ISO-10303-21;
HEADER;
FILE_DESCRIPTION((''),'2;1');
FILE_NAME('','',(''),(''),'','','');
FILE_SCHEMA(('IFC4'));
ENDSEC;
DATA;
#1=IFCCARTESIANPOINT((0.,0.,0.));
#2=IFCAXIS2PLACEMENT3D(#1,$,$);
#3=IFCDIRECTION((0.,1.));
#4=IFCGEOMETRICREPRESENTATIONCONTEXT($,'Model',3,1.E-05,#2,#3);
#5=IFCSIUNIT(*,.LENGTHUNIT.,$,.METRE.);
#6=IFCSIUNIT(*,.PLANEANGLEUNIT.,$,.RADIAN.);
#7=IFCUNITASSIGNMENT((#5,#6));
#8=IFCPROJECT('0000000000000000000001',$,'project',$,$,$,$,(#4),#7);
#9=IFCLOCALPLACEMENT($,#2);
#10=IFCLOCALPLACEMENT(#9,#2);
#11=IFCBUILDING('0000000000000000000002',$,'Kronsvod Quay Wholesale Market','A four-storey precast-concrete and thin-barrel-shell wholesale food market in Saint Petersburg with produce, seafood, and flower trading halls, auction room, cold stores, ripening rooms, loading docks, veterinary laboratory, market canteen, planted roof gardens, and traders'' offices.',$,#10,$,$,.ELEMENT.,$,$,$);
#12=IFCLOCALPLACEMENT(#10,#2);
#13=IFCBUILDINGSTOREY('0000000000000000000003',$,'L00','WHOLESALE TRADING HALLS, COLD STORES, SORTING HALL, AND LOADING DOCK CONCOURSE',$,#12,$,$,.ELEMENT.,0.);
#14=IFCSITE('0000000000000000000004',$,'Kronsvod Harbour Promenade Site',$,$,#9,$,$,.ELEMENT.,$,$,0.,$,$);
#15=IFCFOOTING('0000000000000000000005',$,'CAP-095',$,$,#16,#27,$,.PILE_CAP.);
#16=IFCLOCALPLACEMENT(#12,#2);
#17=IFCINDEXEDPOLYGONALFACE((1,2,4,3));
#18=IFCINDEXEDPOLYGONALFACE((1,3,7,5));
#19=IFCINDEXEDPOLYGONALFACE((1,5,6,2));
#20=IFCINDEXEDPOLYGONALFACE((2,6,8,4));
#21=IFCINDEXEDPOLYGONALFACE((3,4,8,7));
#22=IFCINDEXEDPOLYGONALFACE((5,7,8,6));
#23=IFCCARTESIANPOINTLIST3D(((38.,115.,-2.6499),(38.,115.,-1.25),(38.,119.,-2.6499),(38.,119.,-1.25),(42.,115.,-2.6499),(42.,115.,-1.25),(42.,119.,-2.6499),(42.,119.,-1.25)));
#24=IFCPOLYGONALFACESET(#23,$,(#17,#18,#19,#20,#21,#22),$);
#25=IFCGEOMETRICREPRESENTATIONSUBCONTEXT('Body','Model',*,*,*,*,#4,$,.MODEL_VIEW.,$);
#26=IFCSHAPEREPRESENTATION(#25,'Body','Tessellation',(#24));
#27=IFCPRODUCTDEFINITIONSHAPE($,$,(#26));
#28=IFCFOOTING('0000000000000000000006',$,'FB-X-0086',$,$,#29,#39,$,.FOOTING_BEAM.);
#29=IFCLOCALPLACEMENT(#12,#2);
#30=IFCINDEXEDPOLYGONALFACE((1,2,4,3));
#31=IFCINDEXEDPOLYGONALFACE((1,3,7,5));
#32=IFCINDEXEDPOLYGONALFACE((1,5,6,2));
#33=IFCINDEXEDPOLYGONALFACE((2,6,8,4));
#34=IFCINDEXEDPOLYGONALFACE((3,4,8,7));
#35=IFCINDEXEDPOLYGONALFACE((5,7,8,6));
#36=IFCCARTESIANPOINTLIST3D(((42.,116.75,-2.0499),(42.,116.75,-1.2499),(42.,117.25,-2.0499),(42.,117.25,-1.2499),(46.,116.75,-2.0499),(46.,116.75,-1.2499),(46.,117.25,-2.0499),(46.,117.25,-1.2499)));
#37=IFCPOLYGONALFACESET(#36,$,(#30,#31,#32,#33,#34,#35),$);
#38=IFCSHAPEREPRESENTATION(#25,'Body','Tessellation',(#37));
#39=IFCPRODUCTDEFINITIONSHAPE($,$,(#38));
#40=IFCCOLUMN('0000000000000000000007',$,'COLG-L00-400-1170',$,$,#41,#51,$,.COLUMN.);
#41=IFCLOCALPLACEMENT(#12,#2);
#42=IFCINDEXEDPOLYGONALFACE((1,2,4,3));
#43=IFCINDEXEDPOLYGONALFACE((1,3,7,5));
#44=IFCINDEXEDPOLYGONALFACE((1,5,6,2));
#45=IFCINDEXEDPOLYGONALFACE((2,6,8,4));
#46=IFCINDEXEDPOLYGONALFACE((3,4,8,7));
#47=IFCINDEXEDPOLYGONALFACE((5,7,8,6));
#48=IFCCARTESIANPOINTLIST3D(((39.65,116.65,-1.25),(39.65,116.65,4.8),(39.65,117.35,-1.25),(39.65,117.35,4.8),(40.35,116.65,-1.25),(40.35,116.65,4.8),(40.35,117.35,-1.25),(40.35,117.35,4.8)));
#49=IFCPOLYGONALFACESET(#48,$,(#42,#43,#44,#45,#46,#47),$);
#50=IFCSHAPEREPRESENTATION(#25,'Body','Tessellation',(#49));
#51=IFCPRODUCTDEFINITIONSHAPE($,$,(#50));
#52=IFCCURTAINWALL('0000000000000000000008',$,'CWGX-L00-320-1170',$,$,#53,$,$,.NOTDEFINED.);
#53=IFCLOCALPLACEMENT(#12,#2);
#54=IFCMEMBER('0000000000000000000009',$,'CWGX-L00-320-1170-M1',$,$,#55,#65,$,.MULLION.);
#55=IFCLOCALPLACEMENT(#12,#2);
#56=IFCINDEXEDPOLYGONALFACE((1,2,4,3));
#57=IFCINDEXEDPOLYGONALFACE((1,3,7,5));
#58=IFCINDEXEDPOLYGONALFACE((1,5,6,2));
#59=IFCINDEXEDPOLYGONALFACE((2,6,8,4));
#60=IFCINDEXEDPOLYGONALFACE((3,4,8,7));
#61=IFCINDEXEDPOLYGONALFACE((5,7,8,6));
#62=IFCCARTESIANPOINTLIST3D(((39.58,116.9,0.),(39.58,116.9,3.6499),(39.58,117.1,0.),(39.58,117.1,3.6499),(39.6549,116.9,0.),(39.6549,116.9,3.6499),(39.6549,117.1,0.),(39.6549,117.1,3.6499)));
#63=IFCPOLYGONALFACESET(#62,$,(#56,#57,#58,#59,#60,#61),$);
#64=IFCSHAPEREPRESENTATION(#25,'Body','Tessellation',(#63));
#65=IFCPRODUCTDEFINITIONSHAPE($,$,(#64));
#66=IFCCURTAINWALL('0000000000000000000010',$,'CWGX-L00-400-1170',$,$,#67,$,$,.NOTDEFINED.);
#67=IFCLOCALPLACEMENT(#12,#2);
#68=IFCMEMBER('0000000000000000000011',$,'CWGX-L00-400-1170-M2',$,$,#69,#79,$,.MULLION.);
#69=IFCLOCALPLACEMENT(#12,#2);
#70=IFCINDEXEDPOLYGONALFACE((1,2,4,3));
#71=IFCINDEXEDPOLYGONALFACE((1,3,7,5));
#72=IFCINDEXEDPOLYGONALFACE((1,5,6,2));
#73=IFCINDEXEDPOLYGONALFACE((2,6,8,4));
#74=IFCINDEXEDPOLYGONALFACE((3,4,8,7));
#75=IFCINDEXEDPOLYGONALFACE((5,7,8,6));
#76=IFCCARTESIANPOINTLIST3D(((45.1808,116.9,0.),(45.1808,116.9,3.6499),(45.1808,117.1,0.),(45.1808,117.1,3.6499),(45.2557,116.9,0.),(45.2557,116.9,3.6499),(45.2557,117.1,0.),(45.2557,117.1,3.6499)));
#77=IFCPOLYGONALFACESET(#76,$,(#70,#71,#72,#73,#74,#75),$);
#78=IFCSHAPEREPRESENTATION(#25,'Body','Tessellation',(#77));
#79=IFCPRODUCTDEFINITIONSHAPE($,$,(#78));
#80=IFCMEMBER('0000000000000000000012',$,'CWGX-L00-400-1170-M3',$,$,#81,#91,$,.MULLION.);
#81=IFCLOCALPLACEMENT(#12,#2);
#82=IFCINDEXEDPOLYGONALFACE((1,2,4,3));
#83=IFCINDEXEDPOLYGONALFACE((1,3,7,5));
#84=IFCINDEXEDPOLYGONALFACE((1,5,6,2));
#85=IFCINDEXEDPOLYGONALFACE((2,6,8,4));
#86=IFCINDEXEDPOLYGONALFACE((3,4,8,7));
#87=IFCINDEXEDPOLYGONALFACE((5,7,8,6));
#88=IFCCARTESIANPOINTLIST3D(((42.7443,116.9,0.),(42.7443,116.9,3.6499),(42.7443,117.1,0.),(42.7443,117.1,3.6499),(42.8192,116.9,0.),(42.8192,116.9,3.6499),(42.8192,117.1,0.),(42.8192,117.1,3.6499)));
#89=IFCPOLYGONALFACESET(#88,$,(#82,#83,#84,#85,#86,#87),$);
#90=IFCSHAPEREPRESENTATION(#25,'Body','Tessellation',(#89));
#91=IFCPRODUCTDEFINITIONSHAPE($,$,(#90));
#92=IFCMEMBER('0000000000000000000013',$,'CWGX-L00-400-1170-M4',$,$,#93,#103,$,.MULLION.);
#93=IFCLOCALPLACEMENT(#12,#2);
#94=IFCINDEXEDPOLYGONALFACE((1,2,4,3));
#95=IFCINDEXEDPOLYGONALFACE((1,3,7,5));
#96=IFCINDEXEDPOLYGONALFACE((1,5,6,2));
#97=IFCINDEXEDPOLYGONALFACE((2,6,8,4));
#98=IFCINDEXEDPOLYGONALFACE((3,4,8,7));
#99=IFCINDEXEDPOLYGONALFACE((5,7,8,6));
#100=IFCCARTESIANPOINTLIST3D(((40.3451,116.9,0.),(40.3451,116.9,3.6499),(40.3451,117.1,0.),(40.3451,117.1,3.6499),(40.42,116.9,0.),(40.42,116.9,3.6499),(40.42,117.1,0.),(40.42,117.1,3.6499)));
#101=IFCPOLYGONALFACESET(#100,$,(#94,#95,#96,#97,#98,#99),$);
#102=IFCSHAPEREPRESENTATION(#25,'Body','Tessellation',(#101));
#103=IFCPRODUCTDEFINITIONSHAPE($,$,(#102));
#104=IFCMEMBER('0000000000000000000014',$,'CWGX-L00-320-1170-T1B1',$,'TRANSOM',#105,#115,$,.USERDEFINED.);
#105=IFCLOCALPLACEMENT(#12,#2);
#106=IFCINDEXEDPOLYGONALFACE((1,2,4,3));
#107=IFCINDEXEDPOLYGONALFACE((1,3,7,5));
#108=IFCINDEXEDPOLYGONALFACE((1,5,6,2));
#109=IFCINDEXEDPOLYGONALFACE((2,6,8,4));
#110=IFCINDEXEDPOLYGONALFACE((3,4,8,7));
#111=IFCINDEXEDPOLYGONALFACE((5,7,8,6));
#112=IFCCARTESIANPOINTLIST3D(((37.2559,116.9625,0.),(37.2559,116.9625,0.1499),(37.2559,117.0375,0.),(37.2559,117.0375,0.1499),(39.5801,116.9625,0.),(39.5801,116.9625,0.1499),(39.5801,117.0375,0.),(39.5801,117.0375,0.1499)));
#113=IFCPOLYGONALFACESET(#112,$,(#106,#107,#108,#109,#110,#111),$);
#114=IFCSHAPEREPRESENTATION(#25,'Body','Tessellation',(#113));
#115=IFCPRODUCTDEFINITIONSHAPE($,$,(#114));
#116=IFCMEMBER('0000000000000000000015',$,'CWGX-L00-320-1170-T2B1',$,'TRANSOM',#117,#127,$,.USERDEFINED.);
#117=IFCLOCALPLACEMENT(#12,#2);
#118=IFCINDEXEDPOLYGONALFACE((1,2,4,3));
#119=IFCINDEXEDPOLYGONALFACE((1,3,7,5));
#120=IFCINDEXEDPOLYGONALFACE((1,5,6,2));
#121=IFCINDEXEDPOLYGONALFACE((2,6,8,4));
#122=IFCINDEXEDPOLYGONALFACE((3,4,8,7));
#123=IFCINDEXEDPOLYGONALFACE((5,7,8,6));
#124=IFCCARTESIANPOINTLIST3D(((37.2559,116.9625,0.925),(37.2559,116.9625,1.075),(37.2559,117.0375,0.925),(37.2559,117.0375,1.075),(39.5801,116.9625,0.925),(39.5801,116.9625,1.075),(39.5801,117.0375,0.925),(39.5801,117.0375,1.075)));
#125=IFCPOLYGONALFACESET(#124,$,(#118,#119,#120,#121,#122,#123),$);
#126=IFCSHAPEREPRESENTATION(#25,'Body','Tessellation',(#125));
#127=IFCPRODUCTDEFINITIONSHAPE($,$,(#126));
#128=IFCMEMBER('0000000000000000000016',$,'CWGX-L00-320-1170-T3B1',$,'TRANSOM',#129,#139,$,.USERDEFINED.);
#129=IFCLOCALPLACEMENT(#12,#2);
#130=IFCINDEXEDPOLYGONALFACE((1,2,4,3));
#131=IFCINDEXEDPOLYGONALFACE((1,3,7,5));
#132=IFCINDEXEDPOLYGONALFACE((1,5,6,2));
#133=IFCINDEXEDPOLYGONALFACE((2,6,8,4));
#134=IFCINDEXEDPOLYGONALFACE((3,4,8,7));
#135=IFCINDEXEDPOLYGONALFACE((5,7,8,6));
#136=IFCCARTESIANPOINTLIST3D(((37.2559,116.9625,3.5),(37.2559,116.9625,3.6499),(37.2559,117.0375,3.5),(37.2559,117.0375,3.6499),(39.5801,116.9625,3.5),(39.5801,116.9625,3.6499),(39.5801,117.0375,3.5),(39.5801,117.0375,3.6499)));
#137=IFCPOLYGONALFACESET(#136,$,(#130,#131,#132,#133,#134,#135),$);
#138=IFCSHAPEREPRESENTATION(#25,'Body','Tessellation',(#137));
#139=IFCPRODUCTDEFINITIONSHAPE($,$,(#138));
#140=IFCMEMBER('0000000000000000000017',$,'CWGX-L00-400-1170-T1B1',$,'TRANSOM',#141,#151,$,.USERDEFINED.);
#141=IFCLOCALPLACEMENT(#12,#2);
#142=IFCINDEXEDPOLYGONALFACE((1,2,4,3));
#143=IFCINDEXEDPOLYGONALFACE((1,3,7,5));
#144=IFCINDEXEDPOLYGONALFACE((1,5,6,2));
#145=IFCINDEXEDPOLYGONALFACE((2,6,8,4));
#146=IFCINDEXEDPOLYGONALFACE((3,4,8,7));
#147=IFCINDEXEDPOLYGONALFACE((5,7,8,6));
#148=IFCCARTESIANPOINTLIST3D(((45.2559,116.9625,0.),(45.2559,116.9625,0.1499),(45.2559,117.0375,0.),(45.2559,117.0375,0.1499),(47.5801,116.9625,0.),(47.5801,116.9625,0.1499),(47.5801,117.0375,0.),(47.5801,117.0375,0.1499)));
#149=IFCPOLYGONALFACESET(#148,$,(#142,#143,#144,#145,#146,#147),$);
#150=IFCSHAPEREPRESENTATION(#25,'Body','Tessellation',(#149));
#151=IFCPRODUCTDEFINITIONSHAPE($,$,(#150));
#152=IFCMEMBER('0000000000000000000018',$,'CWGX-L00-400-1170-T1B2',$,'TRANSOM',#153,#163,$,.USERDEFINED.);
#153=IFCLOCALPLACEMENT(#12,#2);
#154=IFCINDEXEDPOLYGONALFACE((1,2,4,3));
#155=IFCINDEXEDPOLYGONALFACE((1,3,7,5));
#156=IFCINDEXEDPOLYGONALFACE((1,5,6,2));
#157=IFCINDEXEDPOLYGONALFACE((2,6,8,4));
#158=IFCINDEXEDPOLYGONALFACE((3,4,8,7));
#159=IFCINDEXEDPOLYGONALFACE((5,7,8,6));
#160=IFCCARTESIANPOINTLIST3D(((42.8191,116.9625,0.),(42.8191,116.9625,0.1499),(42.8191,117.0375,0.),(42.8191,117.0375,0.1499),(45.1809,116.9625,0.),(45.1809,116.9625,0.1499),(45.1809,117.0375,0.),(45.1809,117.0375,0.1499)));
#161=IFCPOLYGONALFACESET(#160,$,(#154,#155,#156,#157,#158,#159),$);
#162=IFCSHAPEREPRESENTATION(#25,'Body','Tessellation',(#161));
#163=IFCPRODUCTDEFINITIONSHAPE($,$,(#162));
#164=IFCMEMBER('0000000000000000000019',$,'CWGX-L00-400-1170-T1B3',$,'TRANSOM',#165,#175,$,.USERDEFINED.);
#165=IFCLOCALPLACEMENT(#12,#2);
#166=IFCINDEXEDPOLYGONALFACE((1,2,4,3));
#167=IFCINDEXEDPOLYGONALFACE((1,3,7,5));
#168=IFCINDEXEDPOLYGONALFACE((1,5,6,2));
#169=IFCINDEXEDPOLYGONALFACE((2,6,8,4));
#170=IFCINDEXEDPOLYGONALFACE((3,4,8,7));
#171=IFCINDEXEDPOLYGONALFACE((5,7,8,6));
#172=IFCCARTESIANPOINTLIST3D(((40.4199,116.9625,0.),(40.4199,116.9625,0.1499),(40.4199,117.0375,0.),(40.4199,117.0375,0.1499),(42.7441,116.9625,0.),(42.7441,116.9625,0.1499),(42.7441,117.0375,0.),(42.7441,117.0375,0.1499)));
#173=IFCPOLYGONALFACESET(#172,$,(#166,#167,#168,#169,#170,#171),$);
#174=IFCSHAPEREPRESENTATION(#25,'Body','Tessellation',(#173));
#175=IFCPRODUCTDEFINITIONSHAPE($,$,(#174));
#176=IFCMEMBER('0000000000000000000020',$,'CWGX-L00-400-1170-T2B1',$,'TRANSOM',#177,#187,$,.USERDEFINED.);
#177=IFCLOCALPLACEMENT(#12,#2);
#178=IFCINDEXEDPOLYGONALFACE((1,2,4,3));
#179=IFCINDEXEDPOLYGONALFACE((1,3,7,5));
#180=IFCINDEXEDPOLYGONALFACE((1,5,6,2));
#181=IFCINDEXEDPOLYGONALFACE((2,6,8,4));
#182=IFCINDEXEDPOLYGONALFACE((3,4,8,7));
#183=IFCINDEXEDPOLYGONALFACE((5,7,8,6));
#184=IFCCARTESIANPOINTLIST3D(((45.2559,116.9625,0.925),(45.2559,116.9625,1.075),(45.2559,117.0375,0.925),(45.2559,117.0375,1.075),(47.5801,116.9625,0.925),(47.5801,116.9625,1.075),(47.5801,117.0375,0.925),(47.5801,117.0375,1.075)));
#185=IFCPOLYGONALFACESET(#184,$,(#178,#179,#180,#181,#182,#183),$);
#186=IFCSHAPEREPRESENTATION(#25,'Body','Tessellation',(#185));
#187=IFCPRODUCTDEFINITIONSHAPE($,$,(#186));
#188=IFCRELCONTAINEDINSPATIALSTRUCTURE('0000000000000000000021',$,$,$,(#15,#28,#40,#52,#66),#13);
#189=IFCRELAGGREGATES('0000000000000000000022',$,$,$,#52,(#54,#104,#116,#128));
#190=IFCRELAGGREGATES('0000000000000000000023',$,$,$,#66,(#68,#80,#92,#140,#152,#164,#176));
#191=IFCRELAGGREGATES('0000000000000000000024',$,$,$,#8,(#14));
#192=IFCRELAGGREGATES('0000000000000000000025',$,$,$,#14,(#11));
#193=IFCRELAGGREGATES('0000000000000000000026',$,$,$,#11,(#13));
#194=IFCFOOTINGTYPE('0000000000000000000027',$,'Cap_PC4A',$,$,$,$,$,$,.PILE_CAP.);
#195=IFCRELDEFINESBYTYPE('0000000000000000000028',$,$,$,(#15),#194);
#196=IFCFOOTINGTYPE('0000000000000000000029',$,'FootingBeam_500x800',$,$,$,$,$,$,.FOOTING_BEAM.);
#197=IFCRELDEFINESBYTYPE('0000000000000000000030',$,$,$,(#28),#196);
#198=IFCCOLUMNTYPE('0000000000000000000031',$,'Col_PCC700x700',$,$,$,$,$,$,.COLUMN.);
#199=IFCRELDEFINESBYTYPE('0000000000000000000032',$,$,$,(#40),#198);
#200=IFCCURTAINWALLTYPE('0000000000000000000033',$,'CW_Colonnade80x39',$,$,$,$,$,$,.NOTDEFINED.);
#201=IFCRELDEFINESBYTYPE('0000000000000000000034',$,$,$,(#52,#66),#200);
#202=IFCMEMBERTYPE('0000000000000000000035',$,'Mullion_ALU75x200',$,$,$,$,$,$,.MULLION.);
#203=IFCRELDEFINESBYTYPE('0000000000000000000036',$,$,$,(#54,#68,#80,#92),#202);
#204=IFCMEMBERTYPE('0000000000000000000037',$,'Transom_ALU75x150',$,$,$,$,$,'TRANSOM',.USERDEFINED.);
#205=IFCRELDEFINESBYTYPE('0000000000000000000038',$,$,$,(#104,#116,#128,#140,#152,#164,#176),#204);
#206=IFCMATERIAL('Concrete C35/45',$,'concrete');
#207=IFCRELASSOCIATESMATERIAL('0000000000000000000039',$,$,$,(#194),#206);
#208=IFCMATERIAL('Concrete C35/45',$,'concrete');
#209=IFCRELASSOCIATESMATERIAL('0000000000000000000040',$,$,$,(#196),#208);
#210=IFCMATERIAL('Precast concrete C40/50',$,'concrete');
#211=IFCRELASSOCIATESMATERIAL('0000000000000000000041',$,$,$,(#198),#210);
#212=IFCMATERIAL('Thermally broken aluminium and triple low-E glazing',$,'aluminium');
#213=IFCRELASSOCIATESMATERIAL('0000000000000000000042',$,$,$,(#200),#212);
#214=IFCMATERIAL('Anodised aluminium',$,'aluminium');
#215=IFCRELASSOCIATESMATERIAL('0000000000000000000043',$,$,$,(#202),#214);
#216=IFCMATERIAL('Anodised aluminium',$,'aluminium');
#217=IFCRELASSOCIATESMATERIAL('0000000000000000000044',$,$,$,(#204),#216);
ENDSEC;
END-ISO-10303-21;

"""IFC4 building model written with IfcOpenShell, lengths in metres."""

from ifc_helpers import new_model, si_unit, direction, frame, origin, origin_2d, place, context, subcontext, project, spatial, rectangle, extrude, material, material_profile, profile_set, type_object, element, aggregate, save


model = new_model("IFC4")

# Units and contexts
model_context = context("Model", 3, precision=1e-05, world=origin(), true_north=direction((0.0, 1.0)))
body_context = subcontext(model_context, "Body", "Model", "MODEL_VIEW")
ifc_project = project(units=[si_unit("LENGTHUNIT", "METRE"), si_unit("PLANEANGLEUNIT", "RADIAN")], contexts=[model_context])

# Site, building, storey
site_placement = place(None, origin())
site = spatial("IfcSite", under=ifc_project, at=site_placement, Name="Kronsvod Harbour Promenade Site", CompositionType="ELEMENT", RefElevation=0.0)
building_placement = place(site_placement, origin())
building = spatial("IfcBuilding", under=site, at=building_placement, Name="Kronsvod Quay Wholesale Market", Description="A four-storey precast-concrete and thin-barrel-shell wholesale food market in Saint Petersburg with produce, seafood, and flower trading halls, auction room, cold stores, ripening rooms, loading docks, veterinary laboratory, market canteen, planted roof gardens, and traders' offices.", CompositionType="ELEMENT")
storey_placement = place(building_placement, origin())
storey = spatial("IfcBuildingStorey", under=building, at=storey_placement, Name="L00", Description="WHOLESALE TRADING HALLS, COLD STORES, SORTING HALL, AND LOADING DOCK CONCOURSE", CompositionType="ELEMENT", Elevation=0.0)

# Footings
ifc_material_1 = material(Name="Concrete C35/45", Category="concrete")
footing_type_1 = type_object("IfcFootingType", Name="Cap_PC4A", PredefinedType="PILE_CAP", material=ifc_material_1)
footing_1_placement = place(storey_placement, frame((40.0, 117.0, -2.6499), z_axis=(0.0, 0.0, 1.0), x_axis=(1.0, 0.0, 0.0)))
element("IfcFooting", 1, at=footing_1_placement, inside=storey, type_object=footing_type_1, Name="CAP-095", PredefinedType="PILE_CAP", context=body_context, shape_type="SweptSolid", body=[
    extrude(rectangle(XDim=4.0, YDim=4.0, at=origin_2d()), origin(), (0.0, 0.0, 1.0), 1.3999),
])
ifc_material_2 = material(Name="Concrete C35/45", Category="concrete")
ifc_material_profile_1 = material_profile(ifc_material_2, rectangle(XDim=0.5, YDim=0.8, at=origin_2d()), Name="FB-01")
ifc_profile_set_1 = profile_set([ifc_material_profile_1], Name="Concrete C35/45")
footing_type_2 = type_object("IfcFootingType", Name="FootingBeam_500x800", PredefinedType="FOOTING_BEAM", material=ifc_profile_set_1)
footing_2_placement = place(storey_placement, frame((42.0, 117.0, -1.6499), z_axis=(1.0, 0.0, 0.0), x_axis=(0.0, 1.0, 0.0)))
element("IfcFooting", 2, at=footing_2_placement, inside=storey, type_object=footing_type_2, Name="FB-X-0086", PredefinedType="FOOTING_BEAM", context=body_context, shape_type="SweptSolid", body=[
    extrude(rectangle(XDim=0.5, YDim=0.8, at=origin_2d()), origin(), (0.0, 0.0, 1.0), 4.0),
])

# Column
ifc_material_3 = material(Name="Precast concrete C40/50", Category="concrete")
ifc_material_profile_2 = material_profile(ifc_material_3, rectangle(XDim=0.7, YDim=0.7, at=origin_2d()), Name="PCC700x700")
ifc_profile_set_2 = profile_set([ifc_material_profile_2], Name="Precast concrete C40/50")
column_type = type_object("IfcColumnType", Name="Col_PCC700x700", PredefinedType="COLUMN", material=ifc_profile_set_2)
column_placement = place(storey_placement, frame((40.0, 117.0, -1.25), z_axis=(0.0, 0.0, 1.0), x_axis=(1.0, 0.0, 0.0)))
element("IfcColumn", 3, at=column_placement, inside=storey, type_object=column_type, Name="COLG-L00-400-1170", PredefinedType="COLUMN", context=body_context, shape_type="SweptSolid", body=[
    extrude(rectangle(XDim=0.7, YDim=0.7, at=origin_2d()), origin(), (0.0, 0.0, 1.0), 6.05),
])

# Curtain wall, member
ifc_material_4 = material(Name="Thermally broken aluminium and triple low-E glazing", Category="aluminium")
curtain_wall_type = type_object("IfcCurtainWallType", Name="CW_Colonnade80x39", PredefinedType="NOTDEFINED", material=ifc_material_4)
curtain_wall_1_placement = place(storey_placement, origin())
curtain_wall_1 = element("IfcCurtainWall", 4, at=curtain_wall_1_placement, inside=storey, type_object=curtain_wall_type, Name="CWGX-L00-320-1170", PredefinedType="NOTDEFINED")
ifc_material_5 = material(Name="Anodised aluminium", Category="aluminium")
ifc_material_profile_3 = material_profile(ifc_material_5, rectangle(XDim=0.075, YDim=0.2, at=origin_2d()), Name="ALUM75x200")
ifc_profile_set_3 = profile_set([ifc_material_profile_3], Name="Anodised aluminium")
member_type_1 = type_object("IfcMemberType", Name="Mullion_ALU75x200", PredefinedType="MULLION", material=ifc_profile_set_3)
member_1_placement = place(storey_placement, frame((39.6174, 117.0, 0.0), z_axis=(0.0, 0.0, 1.0), x_axis=(1.0, 0.0, 0.0)))
member_1 = element("IfcMember", 5, at=member_1_placement, type_object=member_type_1, Name="CWGX-L00-320-1170-M1", PredefinedType="MULLION", context=body_context, shape_type="SweptSolid", body=[
    extrude(rectangle(XDim=0.075, YDim=0.2, at=origin_2d()), origin(), (0.0, 0.0, 1.0), 3.6499),
])

# Curtain wall, members
curtain_wall_2_placement = place(storey_placement, origin())
curtain_wall_2 = element("IfcCurtainWall", 6, at=curtain_wall_2_placement, inside=storey, type_object=curtain_wall_type, Name="CWGX-L00-400-1170", PredefinedType="NOTDEFINED")
member_2_placement = place(storey_placement, frame((45.2183, 117.0, 0.0), z_axis=(0.0, 0.0, 1.0), x_axis=(1.0, 0.0, 0.0)))
member_2 = element("IfcMember", 7, at=member_2_placement, type_object=member_type_1, Name="CWGX-L00-400-1170-M2", PredefinedType="MULLION", context=body_context, shape_type="SweptSolid", body=[
    extrude(rectangle(XDim=0.075, YDim=0.2, at=origin_2d()), origin(), (0.0, 0.0, 1.0), 3.6499),
])
member_3_placement = place(storey_placement, frame((42.7817, 117.0, 0.0), z_axis=(0.0, 0.0, 1.0), x_axis=(1.0, 0.0, 0.0)))
member_3 = element("IfcMember", 8, at=member_3_placement, type_object=member_type_1, Name="CWGX-L00-400-1170-M3", PredefinedType="MULLION", context=body_context, shape_type="SweptSolid", body=[
    extrude(rectangle(XDim=0.075, YDim=0.2, at=origin_2d()), origin(), (0.0, 0.0, 1.0), 3.6499),
])
member_4_placement = place(storey_placement, frame((40.3826, 117.0, 0.0), z_axis=(0.0, 0.0, 1.0), x_axis=(1.0, 0.0, 0.0)))
member_4 = element("IfcMember", 9, at=member_4_placement, type_object=member_type_1, Name="CWGX-L00-400-1170-M4", PredefinedType="MULLION", context=body_context, shape_type="SweptSolid", body=[
    extrude(rectangle(XDim=0.075, YDim=0.2, at=origin_2d()), origin(), (0.0, 0.0, 1.0), 3.6499),
])

# Members
ifc_material_6 = material(Name="Anodised aluminium", Category="aluminium")
ifc_material_profile_4 = material_profile(ifc_material_6, rectangle(XDim=0.075, YDim=0.1499, at=origin_2d()), Name="ALUT75x150")
ifc_profile_set_4 = profile_set([ifc_material_profile_4], Name="Anodised aluminium")
member_type_2 = type_object("IfcMemberType", Name="Transom_ALU75x150", ElementType="TRANSOM", PredefinedType="USERDEFINED", material=ifc_profile_set_4)
member_5_placement = place(storey_placement, frame((39.5801, 117.0, 0.075), z_axis=(-1.0, 0.0, 0.0), x_axis=(0.0, -1.0, 0.0)))
member_5 = element("IfcMember", 10, at=member_5_placement, type_object=member_type_2, Name="CWGX-L00-320-1170-T1B1", ObjectType="TRANSOM", PredefinedType="USERDEFINED", context=body_context, shape_type="SweptSolid", body=[
    extrude(rectangle(XDim=0.075, YDim=0.1499, at=origin_2d()), origin(), (0.0, 0.0, 1.0), 2.3242),
])
member_6_placement = place(storey_placement, frame((39.5801, 117.0, 1.0), z_axis=(-1.0, 0.0, 0.0), x_axis=(0.0, -1.0, 0.0)))
member_6 = element("IfcMember", 11, at=member_6_placement, type_object=member_type_2, Name="CWGX-L00-320-1170-T2B1", ObjectType="TRANSOM", PredefinedType="USERDEFINED", context=body_context, shape_type="SweptSolid", body=[
    extrude(rectangle(XDim=0.075, YDim=0.1499, at=origin_2d()), origin(), (0.0, 0.0, 1.0), 2.3242),
])
member_7_placement = place(storey_placement, frame((39.5801, 117.0, 3.575), z_axis=(-1.0, 0.0, 0.0), x_axis=(0.0, -1.0, 0.0)))
member_7 = element("IfcMember", 12, at=member_7_placement, type_object=member_type_2, Name="CWGX-L00-320-1170-T3B1", ObjectType="TRANSOM", PredefinedType="USERDEFINED", context=body_context, shape_type="SweptSolid", body=[
    extrude(rectangle(XDim=0.075, YDim=0.1499, at=origin_2d()), origin(), (0.0, 0.0, 1.0), 2.3242),
])
member_8_placement = place(storey_placement, frame((47.5801, 117.0, 0.075), z_axis=(-1.0, 0.0, 0.0), x_axis=(0.0, -1.0, 0.0)))
member_8 = element("IfcMember", 13, at=member_8_placement, type_object=member_type_2, Name="CWGX-L00-400-1170-T1B1", ObjectType="TRANSOM", PredefinedType="USERDEFINED", context=body_context, shape_type="SweptSolid", body=[
    extrude(rectangle(XDim=0.075, YDim=0.1499, at=origin_2d()), origin(), (0.0, 0.0, 1.0), 2.3242),
])
member_9_placement = place(storey_placement, frame((45.1809, 117.0, 0.075), z_axis=(-1.0, 0.0, 0.0), x_axis=(0.0, -1.0, 0.0)))
member_9 = element("IfcMember", 14, at=member_9_placement, type_object=member_type_2, Name="CWGX-L00-400-1170-T1B2", ObjectType="TRANSOM", PredefinedType="USERDEFINED", context=body_context, shape_type="SweptSolid", body=[
    extrude(rectangle(XDim=0.075, YDim=0.1499, at=origin_2d()), origin(), (0.0, 0.0, 1.0), 2.3618),
])
member_10_placement = place(storey_placement, frame((42.7441, 117.0, 0.075), z_axis=(-1.0, 0.0, 0.0), x_axis=(0.0, -1.0, 0.0)))
member_10 = element("IfcMember", 15, at=member_10_placement, type_object=member_type_2, Name="CWGX-L00-400-1170-T1B3", ObjectType="TRANSOM", PredefinedType="USERDEFINED", context=body_context, shape_type="SweptSolid", body=[
    extrude(rectangle(XDim=0.075, YDim=0.1499, at=origin_2d()), origin(), (0.0, 0.0, 1.0), 2.3242),
])
member_11_placement = place(storey_placement, frame((47.5801, 117.0, 1.0), z_axis=(-1.0, 0.0, 0.0), x_axis=(0.0, -1.0, 0.0)))
member_11 = element("IfcMember", 16, at=member_11_placement, type_object=member_type_2, Name="CWGX-L00-400-1170-T2B1", ObjectType="TRANSOM", PredefinedType="USERDEFINED", context=body_context, shape_type="SweptSolid", body=[
    extrude(rectangle(XDim=0.075, YDim=0.1499, at=origin_2d()), origin(), (0.0, 0.0, 1.0), 2.3242),
])

aggregate(curtain_wall_1, [member_1, member_5, member_6, member_7])
aggregate(curtain_wall_2, [member_2, member_3, member_4, member_8, member_9, member_10, member_11])

save(model, "model.ifc")
